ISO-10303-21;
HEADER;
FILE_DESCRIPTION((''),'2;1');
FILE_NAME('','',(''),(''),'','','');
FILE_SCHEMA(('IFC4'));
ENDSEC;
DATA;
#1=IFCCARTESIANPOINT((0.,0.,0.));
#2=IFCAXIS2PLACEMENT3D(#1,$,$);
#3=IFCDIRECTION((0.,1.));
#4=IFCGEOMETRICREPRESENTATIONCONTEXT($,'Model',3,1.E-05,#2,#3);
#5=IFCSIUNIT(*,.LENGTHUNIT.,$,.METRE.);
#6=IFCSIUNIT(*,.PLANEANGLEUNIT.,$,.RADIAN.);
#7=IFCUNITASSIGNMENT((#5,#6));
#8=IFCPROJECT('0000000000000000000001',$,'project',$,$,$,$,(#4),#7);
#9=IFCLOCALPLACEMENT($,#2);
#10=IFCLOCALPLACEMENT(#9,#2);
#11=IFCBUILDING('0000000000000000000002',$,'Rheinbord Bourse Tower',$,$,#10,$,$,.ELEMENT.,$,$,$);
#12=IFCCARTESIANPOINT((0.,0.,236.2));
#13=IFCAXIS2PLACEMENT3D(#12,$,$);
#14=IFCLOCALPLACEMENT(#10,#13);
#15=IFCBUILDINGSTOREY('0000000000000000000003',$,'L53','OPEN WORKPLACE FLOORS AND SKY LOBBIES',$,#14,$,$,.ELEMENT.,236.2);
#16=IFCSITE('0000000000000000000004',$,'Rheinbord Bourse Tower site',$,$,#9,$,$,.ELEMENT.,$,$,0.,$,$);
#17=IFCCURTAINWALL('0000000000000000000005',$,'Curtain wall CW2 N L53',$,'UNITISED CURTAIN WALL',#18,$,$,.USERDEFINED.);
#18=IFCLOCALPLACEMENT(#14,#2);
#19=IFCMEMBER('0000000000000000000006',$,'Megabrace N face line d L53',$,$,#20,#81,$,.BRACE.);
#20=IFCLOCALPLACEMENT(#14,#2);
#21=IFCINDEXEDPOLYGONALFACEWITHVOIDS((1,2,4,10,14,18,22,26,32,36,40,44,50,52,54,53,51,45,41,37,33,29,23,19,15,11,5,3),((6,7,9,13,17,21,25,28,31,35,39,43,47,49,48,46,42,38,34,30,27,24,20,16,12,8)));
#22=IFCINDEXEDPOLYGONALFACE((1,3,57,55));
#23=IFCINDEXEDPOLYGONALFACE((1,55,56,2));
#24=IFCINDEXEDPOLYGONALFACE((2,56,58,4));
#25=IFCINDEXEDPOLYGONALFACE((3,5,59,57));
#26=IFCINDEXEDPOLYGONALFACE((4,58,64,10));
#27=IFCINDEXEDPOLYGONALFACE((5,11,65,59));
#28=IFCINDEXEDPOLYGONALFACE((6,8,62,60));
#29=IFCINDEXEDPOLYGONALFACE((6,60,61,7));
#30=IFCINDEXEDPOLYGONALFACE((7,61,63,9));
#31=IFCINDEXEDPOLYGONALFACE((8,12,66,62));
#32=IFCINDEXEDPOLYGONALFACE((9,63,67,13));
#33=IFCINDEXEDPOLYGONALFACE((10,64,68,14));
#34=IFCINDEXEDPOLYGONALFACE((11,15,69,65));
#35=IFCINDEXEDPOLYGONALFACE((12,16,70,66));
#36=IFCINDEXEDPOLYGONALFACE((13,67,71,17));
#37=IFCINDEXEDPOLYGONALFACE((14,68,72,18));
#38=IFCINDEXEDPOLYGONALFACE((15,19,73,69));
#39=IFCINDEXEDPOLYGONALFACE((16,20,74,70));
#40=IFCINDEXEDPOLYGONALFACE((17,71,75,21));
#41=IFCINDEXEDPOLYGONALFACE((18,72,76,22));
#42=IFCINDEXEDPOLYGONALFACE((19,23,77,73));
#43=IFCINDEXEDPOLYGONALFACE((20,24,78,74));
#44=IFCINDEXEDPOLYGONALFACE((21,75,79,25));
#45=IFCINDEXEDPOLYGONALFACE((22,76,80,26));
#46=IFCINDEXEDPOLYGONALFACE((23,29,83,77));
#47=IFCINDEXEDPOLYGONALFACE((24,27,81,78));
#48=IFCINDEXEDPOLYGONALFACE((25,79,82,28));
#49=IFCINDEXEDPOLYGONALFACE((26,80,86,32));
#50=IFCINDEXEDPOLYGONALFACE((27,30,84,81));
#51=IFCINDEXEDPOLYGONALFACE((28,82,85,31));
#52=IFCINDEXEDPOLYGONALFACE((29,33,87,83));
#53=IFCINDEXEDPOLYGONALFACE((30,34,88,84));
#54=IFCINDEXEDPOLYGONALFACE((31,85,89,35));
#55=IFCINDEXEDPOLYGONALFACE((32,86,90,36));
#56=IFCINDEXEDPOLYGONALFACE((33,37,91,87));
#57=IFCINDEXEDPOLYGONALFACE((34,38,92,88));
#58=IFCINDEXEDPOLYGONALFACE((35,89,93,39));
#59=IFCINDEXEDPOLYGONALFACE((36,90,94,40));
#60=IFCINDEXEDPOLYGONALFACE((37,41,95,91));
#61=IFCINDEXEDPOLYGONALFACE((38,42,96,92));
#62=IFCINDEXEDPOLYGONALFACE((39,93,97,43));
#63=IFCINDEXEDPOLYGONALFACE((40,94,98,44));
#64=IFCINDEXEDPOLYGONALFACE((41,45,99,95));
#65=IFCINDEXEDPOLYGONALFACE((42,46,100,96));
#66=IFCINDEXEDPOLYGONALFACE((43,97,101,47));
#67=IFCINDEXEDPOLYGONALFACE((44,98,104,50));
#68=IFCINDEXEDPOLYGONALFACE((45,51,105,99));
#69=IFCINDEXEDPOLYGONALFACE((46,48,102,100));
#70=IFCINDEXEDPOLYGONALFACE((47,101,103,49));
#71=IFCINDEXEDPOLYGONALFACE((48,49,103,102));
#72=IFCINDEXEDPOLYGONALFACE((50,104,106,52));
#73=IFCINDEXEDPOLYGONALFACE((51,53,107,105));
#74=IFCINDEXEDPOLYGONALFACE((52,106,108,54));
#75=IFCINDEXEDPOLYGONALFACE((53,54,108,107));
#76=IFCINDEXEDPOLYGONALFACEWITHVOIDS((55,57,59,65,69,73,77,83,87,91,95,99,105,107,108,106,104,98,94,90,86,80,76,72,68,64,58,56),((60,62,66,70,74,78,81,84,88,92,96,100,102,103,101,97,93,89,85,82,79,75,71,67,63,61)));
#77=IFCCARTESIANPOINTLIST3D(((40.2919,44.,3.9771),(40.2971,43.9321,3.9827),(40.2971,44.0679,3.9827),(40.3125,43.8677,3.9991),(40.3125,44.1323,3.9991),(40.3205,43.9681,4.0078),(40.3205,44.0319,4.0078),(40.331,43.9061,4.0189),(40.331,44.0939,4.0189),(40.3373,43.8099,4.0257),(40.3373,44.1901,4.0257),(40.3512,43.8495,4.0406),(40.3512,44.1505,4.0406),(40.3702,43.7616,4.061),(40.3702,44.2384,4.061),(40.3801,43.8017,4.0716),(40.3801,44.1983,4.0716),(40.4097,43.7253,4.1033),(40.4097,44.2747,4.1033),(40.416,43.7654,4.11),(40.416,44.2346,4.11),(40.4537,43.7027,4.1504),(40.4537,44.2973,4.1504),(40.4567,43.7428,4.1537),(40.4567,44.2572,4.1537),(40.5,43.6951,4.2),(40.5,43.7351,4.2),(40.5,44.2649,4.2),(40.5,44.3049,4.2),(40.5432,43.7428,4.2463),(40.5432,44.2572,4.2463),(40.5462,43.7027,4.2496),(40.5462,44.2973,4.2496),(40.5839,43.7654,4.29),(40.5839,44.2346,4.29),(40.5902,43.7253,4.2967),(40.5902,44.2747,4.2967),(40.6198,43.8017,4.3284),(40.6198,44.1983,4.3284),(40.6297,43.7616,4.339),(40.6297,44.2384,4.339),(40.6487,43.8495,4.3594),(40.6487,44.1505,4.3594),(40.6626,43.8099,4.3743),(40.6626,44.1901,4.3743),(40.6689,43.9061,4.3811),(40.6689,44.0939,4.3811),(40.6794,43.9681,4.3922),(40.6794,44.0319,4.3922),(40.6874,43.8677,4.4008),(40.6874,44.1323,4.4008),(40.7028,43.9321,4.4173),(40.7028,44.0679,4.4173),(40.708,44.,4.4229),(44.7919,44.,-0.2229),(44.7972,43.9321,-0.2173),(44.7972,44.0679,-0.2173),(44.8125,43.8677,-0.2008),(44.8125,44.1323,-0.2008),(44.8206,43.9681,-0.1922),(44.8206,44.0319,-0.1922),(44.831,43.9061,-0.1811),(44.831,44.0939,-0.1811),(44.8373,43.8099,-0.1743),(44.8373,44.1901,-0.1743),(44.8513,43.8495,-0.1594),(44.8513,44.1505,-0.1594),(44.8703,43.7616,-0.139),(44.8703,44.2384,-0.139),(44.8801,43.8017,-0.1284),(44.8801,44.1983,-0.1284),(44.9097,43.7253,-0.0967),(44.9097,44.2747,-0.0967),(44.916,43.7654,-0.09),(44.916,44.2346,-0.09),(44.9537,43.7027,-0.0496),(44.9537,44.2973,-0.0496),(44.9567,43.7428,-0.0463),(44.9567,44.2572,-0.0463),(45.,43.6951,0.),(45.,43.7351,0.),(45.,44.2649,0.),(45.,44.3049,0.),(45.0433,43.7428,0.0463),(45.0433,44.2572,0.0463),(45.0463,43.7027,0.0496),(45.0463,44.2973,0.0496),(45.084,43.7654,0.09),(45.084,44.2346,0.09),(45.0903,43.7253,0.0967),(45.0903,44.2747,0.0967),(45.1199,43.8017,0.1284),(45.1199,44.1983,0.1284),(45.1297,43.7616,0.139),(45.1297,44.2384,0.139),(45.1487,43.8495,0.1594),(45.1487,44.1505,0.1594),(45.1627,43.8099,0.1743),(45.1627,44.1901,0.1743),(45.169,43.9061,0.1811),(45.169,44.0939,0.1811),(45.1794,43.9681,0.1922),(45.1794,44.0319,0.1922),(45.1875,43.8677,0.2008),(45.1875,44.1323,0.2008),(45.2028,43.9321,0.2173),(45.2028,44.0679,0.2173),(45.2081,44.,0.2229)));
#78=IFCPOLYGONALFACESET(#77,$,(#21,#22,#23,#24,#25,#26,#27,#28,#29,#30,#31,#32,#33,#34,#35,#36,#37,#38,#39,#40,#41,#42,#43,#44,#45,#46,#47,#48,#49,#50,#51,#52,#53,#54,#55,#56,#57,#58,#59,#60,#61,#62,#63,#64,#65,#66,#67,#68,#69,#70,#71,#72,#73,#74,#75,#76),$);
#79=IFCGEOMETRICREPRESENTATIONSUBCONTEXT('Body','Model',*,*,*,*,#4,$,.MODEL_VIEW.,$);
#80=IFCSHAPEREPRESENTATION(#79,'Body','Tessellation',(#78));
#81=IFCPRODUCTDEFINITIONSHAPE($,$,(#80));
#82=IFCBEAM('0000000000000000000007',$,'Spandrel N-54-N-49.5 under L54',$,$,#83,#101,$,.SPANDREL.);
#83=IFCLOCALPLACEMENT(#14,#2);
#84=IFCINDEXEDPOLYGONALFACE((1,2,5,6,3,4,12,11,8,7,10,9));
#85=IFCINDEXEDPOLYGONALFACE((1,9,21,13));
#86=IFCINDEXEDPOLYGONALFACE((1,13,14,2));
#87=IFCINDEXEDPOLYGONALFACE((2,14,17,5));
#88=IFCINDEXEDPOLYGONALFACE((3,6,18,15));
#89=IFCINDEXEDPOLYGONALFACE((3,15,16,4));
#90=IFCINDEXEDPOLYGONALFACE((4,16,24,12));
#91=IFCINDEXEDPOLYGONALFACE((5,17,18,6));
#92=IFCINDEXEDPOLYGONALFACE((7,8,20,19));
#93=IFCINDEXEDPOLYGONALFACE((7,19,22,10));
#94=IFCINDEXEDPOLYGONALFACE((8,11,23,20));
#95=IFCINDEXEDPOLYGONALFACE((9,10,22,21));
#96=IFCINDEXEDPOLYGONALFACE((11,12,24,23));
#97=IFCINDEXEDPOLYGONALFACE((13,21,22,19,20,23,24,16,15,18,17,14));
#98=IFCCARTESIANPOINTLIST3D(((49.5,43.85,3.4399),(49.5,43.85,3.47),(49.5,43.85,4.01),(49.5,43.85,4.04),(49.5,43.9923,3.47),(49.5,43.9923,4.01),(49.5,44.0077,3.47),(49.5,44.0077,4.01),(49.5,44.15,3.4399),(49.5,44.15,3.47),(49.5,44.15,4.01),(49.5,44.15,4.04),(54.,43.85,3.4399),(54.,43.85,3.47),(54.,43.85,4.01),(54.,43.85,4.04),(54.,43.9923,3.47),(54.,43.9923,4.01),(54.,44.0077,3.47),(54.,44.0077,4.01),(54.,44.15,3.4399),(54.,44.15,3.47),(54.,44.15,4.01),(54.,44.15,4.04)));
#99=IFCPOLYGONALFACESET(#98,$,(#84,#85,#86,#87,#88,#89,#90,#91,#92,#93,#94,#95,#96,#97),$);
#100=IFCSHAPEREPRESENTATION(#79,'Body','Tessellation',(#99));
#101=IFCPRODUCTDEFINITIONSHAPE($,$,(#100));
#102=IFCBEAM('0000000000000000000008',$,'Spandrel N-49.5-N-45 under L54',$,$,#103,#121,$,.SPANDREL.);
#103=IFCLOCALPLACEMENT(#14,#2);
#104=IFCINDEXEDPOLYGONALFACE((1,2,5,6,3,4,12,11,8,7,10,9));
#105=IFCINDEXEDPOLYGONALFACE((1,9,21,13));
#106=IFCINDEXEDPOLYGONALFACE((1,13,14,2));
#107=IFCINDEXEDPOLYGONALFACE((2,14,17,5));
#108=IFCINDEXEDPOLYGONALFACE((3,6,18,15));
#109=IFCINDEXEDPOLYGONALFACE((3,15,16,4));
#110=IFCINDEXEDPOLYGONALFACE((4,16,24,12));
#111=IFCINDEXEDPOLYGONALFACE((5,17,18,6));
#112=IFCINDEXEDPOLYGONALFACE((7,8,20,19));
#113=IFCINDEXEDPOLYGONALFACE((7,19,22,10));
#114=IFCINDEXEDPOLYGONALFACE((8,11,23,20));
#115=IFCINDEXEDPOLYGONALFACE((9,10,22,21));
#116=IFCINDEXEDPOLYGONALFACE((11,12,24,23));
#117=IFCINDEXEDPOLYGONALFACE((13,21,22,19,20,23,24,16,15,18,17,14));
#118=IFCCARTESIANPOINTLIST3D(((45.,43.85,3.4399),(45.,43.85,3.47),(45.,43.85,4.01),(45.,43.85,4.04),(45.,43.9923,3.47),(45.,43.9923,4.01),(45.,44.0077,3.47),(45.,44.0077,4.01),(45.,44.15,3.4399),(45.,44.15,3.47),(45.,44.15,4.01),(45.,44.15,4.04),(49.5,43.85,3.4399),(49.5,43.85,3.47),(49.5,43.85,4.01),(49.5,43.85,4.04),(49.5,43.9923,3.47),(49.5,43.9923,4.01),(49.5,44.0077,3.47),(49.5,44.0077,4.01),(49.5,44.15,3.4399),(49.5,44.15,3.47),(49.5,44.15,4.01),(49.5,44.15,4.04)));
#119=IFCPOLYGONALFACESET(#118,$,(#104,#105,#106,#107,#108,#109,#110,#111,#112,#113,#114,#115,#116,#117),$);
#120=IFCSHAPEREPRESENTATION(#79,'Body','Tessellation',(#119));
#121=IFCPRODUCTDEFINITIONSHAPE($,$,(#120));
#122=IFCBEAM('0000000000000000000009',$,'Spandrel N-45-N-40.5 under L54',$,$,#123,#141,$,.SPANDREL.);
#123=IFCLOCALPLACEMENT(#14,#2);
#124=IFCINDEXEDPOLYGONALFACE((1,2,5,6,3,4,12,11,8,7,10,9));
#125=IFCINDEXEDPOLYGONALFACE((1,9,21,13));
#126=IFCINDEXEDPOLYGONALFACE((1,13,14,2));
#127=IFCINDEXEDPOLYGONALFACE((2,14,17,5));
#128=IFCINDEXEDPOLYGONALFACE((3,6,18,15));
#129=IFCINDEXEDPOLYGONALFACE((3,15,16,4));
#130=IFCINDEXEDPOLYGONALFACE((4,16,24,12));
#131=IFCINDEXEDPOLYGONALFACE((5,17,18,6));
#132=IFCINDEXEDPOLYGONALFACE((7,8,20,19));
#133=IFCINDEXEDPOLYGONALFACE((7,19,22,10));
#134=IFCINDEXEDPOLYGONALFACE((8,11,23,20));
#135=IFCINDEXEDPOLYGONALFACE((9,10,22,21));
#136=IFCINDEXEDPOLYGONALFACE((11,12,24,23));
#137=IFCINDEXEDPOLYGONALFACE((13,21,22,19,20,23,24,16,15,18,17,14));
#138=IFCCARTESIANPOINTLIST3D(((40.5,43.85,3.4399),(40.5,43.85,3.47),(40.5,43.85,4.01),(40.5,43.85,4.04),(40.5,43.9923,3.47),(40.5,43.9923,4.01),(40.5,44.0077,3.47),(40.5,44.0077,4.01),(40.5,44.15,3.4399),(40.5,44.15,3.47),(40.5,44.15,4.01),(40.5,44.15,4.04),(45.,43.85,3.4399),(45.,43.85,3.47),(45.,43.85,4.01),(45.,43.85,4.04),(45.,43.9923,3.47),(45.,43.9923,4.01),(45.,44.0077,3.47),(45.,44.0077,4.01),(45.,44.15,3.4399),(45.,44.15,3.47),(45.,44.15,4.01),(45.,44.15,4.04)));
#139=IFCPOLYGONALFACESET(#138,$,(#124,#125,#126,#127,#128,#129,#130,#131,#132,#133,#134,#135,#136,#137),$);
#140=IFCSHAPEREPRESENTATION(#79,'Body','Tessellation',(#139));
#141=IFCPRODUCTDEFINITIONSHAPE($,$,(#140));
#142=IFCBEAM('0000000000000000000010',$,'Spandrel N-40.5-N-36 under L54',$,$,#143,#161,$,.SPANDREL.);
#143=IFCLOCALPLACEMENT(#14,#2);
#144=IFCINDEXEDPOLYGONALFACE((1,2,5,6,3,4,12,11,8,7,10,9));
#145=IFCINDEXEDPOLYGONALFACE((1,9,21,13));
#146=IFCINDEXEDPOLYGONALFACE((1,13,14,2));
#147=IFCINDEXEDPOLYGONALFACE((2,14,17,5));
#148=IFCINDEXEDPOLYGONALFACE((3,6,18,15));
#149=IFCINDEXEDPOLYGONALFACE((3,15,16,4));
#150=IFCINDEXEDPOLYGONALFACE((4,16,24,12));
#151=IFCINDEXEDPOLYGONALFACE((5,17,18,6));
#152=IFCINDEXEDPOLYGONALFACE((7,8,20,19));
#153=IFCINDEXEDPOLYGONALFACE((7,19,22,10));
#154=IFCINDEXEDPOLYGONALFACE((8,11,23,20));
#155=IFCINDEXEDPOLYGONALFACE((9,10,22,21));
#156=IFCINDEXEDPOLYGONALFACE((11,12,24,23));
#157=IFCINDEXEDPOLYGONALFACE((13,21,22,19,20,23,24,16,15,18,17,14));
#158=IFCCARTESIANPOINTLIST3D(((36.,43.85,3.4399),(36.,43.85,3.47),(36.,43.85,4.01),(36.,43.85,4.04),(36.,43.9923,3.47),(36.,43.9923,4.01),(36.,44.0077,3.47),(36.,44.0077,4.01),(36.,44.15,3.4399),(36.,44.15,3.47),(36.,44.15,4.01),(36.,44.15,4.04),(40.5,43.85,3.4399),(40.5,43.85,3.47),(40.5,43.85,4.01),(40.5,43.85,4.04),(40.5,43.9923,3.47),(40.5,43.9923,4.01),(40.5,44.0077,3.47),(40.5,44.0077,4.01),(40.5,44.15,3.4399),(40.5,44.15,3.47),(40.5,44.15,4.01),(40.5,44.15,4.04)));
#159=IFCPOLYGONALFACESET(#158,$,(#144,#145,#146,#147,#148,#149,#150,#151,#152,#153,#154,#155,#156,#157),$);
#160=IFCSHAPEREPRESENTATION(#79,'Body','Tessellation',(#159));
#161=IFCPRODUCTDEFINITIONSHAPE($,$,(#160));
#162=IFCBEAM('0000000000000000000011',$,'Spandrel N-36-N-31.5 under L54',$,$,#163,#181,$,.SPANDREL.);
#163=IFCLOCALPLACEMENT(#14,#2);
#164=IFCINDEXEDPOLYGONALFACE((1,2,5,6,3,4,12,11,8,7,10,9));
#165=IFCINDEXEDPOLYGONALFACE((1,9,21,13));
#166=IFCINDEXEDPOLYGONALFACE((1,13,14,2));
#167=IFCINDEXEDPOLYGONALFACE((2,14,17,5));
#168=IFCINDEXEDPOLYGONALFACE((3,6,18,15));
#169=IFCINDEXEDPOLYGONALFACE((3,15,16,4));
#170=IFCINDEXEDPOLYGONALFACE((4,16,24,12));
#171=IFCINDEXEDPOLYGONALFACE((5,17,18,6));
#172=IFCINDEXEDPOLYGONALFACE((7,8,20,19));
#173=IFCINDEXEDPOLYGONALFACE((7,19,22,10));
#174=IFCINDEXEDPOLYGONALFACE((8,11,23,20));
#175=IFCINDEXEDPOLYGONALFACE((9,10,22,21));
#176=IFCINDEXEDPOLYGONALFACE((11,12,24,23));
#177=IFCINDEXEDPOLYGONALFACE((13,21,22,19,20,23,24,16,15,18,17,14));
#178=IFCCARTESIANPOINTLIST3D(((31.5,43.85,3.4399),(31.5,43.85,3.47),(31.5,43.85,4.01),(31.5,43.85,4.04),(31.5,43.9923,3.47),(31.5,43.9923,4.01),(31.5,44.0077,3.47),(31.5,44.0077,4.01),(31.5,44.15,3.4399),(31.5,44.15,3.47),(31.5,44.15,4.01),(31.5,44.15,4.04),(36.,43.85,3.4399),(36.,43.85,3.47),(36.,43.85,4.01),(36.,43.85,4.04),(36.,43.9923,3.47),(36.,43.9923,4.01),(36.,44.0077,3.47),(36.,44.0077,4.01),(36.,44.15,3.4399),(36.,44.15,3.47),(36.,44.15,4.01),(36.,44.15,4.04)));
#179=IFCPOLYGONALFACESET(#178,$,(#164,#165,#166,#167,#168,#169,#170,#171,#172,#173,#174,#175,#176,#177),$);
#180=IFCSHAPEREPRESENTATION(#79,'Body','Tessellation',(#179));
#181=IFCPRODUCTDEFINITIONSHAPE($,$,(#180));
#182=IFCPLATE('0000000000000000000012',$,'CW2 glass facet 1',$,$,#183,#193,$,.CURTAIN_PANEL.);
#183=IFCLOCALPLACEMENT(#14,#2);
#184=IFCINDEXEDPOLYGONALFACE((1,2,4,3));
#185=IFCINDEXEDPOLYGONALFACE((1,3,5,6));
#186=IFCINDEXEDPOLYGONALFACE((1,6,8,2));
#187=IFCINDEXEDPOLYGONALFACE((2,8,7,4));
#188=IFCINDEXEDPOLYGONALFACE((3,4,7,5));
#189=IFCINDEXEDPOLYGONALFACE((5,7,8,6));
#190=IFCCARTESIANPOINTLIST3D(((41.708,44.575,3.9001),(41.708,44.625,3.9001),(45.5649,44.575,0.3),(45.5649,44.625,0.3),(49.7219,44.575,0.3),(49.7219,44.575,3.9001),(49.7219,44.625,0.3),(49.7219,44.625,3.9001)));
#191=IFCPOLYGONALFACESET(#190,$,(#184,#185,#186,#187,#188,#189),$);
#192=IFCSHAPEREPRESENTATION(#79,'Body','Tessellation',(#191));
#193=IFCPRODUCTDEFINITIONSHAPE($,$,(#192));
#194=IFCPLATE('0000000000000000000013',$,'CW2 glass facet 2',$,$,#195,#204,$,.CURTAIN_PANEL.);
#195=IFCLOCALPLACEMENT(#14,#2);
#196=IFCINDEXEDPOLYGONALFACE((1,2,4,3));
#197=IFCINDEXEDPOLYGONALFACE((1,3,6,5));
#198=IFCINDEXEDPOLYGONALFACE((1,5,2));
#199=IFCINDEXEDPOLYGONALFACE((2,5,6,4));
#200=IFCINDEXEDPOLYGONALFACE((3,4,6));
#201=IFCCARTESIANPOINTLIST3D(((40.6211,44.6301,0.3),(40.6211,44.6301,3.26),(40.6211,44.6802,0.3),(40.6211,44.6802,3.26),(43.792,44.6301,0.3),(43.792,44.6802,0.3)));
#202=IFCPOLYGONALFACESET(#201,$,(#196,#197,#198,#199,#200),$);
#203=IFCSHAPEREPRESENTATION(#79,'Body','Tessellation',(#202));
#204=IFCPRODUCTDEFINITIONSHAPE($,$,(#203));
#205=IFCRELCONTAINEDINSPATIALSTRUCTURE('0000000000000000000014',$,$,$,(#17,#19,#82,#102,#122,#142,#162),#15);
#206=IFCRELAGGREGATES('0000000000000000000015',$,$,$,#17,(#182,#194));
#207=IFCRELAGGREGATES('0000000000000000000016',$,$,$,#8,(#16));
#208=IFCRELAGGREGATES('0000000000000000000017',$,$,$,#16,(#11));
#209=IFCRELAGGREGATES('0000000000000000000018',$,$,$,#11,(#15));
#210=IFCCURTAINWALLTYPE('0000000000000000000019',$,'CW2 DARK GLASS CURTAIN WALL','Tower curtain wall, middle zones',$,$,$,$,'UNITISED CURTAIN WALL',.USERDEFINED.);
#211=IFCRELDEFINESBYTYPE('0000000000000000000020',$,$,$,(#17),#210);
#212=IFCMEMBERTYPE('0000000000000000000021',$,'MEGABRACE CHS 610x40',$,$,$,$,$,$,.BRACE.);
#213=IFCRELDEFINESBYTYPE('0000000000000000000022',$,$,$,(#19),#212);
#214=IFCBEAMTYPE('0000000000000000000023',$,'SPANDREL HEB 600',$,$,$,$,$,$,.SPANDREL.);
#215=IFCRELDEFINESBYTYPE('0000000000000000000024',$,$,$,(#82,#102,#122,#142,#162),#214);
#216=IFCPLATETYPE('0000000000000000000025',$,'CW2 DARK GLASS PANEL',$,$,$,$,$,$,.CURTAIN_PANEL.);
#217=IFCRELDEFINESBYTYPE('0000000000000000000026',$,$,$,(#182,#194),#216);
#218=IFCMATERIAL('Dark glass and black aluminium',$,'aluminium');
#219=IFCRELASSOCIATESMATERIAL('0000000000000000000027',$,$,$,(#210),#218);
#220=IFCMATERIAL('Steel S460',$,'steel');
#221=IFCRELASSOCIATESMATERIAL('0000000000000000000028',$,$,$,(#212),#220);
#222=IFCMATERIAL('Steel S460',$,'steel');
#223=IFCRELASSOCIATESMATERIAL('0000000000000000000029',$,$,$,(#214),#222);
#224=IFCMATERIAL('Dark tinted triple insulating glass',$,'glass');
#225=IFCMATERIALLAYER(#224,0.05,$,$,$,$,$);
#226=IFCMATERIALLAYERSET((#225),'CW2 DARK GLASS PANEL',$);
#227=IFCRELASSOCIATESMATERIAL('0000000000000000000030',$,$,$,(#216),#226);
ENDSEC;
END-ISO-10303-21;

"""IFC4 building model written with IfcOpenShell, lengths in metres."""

from ifc_helpers import new_model, si_unit, direction, frame, origin, origin_2d, place, context, subcontext, project, spatial, polyline, hollow_circle, i_section, outline, extrude, material, layer, layer_set, material_profile, profile_set, type_object, element, aggregate, save


model = new_model("IFC4")

# Units and contexts
model_context = context("Model", 3, precision=1e-05, world=origin(), true_north=direction((0.0, 1.0)))
body_context = subcontext(model_context, "Body", "Model", "MODEL_VIEW")
ifc_project = project(units=[si_unit("LENGTHUNIT", "METRE"), si_unit("PLANEANGLEUNIT", "RADIAN")], contexts=[model_context])

# Site, building, storey
site_placement = place(None, origin())
site = spatial("IfcSite", under=ifc_project, at=site_placement, Name="Rheinbord Bourse Tower site", CompositionType="ELEMENT", RefElevation=0.0)
building_placement = place(site_placement, origin())
building = spatial("IfcBuilding", under=site, at=building_placement, Name="Rheinbord Bourse Tower", CompositionType="ELEMENT")
storey_placement = place(building_placement, frame((0.0, 0.0, 236.2)))
storey = spatial("IfcBuildingStorey", under=building, at=storey_placement, Name="L53", Description="OPEN WORKPLACE FLOORS AND SKY LOBBIES", CompositionType="ELEMENT", Elevation=236.2)

# Curtain wall
ifc_material_1 = material(Name="Dark glass and black aluminium", Category="aluminium")
curtain_wall_type = type_object("IfcCurtainWallType", Name="CW2 DARK GLASS CURTAIN WALL", Description="Tower curtain wall, middle zones", ElementType="UNITISED CURTAIN WALL", PredefinedType="USERDEFINED", material=ifc_material_1)
curtain_wall_placement = place(storey_placement, origin())
curtain_wall = element("IfcCurtainWall", 1, at=curtain_wall_placement, inside=storey, type_object=curtain_wall_type, Name="Curtain wall CW2 N L53", ObjectType="UNITISED CURTAIN WALL", PredefinedType="USERDEFINED")

# Member
ifc_material_2 = material(Name="Steel S460", Category="steel")
ifc_material_profile_1 = material_profile(ifc_material_2, hollow_circle(Radius=0.3049, WallThickness=0.04, at=origin_2d()), Name="CHS 610x40")
ifc_profile_set_1 = profile_set([ifc_material_profile_1], Name="Steel S460")
member_type_1 = type_object("IfcMemberType", Name="MEGABRACE CHS 610x40", PredefinedType="BRACE", material=ifc_profile_set_1)
member_1_placement = place(storey_placement, frame((45.0, 44.0, 0.0), z_axis=(-0.731059, 0.0, 0.682314), x_axis=(0.0, -1.0, 0.0)))
element("IfcMember", 2, at=member_1_placement, inside=storey, type_object=member_type_1, Name="Megabrace N face line d L53", PredefinedType="BRACE", context=body_context, shape_type="SweptSolid", body=[
    extrude(hollow_circle(Radius=0.3049, WallThickness=0.04, at=origin_2d()), origin(), (0.0, 0.0, 1.0), 6.1555),
])

# Beams
ifc_material_3 = material(Name="Steel S460", Category="steel")
ifc_material_profile_2 = material_profile(ifc_material_3, i_section(OverallWidth=0.3, OverallDepth=0.6001, WebThickness=0.0154, FlangeThickness=0.03, at=origin_2d()), Name="HEB 600")
ifc_profile_set_2 = profile_set([ifc_material_profile_2], Name="Steel S460")
beam_type_1 = type_object("IfcBeamType", Name="SPANDREL HEB 600", PredefinedType="SPANDREL", material=ifc_profile_set_2)
for number, where, z_axis, x_axis, name in (
    (3, (54.0, 44.0, 3.74), (-1.0, 0.0, 0.0), (0.0, -1.0, 0.0), "Spandrel N-54-N-49.5 under L54"),
    (4, (49.5, 44.0, 3.74), (-1.0, 0.0, 0.0), (0.0, -1.0, 0.0), "Spandrel N-49.5-N-45 under L54"),
    (5, (45.0, 44.0, 3.74), (-1.0, 0.0, 0.0), (0.0, -1.0, 0.0), "Spandrel N-45-N-40.5 under L54"),
    (6, (40.5, 44.0, 3.74), (-1.0, 0.0, 0.0), (0.0, -1.0, 0.0), "Spandrel N-40.5-N-36 under L54"),
    (7, (36.0, 44.0, 3.74), (-1.0, 0.0, 0.0), (0.0, -1.0, 0.0), "Spandrel N-36-N-31.5 under L54"),
):
    element("IfcBeam", number, at=place(storey_placement, frame(where, z_axis=z_axis, x_axis=x_axis)), inside=storey, type_object=beam_type_1, Name=name, PredefinedType="SPANDREL", context=body_context, shape_type="SweptSolid", body=[
        extrude(i_section(OverallWidth=0.3, OverallDepth=0.6001, WebThickness=0.0154, FlangeThickness=0.03, at=origin_2d()), origin(), (0.0, 0.0, 1.0), 4.5),
    ])

# Plates
ifc_material_4 = material(Name="Dark tinted triple insulating glass", Category="glass")
ifc_layer_1 = layer(ifc_material_4, 0.05)
ifc_layer_set_1 = layer_set([ifc_layer_1], Name="CW2 DARK GLASS PANEL")
plate_type = type_object("IfcPlateType", Name="CW2 DARK GLASS PANEL", PredefinedType="CURTAIN_PANEL", material=ifc_layer_set_1)
plate_1_placement = place(storey_placement, frame((49.7219, 44.625, 0.3), z_axis=(0.0, -1.0, 0.0), x_axis=(0.0, 0.0, 1.0)))
plate_1 = element("IfcPlate", 8, at=plate_1_placement, type_object=plate_type, Name="CW2 glass facet 1", PredefinedType="CURTAIN_PANEL", context=body_context, shape_type="SweptSolid", body=[
    extrude(outline(polyline([(0.0, 0.0), (3.6001, 0.0), (3.6001, 8.0139), (0.0, 4.157), (0.0, 0.0)])), origin(), (0.0, 0.0, 1.0), 0.05),
])
plate_2_placement = place(storey_placement, frame((40.6211, 44.6802, 0.3), z_axis=(0.0, -1.0, 0.0), x_axis=(1.0, 0.0, 0.0)))
plate_2 = element("IfcPlate", 9, at=plate_2_placement, type_object=plate_type, Name="CW2 glass facet 2", PredefinedType="CURTAIN_PANEL", context=body_context, shape_type="SweptSolid", body=[
    extrude(outline(polyline([(0.0, 0.0), (3.1709, 0.0), (0.0, 2.96), (0.0, 0.0)])), origin(), (0.0, 0.0, 1.0), 0.05),
])
aggregate(curtain_wall, [plate_1, plate_2])

save(model, "model.ifc")
